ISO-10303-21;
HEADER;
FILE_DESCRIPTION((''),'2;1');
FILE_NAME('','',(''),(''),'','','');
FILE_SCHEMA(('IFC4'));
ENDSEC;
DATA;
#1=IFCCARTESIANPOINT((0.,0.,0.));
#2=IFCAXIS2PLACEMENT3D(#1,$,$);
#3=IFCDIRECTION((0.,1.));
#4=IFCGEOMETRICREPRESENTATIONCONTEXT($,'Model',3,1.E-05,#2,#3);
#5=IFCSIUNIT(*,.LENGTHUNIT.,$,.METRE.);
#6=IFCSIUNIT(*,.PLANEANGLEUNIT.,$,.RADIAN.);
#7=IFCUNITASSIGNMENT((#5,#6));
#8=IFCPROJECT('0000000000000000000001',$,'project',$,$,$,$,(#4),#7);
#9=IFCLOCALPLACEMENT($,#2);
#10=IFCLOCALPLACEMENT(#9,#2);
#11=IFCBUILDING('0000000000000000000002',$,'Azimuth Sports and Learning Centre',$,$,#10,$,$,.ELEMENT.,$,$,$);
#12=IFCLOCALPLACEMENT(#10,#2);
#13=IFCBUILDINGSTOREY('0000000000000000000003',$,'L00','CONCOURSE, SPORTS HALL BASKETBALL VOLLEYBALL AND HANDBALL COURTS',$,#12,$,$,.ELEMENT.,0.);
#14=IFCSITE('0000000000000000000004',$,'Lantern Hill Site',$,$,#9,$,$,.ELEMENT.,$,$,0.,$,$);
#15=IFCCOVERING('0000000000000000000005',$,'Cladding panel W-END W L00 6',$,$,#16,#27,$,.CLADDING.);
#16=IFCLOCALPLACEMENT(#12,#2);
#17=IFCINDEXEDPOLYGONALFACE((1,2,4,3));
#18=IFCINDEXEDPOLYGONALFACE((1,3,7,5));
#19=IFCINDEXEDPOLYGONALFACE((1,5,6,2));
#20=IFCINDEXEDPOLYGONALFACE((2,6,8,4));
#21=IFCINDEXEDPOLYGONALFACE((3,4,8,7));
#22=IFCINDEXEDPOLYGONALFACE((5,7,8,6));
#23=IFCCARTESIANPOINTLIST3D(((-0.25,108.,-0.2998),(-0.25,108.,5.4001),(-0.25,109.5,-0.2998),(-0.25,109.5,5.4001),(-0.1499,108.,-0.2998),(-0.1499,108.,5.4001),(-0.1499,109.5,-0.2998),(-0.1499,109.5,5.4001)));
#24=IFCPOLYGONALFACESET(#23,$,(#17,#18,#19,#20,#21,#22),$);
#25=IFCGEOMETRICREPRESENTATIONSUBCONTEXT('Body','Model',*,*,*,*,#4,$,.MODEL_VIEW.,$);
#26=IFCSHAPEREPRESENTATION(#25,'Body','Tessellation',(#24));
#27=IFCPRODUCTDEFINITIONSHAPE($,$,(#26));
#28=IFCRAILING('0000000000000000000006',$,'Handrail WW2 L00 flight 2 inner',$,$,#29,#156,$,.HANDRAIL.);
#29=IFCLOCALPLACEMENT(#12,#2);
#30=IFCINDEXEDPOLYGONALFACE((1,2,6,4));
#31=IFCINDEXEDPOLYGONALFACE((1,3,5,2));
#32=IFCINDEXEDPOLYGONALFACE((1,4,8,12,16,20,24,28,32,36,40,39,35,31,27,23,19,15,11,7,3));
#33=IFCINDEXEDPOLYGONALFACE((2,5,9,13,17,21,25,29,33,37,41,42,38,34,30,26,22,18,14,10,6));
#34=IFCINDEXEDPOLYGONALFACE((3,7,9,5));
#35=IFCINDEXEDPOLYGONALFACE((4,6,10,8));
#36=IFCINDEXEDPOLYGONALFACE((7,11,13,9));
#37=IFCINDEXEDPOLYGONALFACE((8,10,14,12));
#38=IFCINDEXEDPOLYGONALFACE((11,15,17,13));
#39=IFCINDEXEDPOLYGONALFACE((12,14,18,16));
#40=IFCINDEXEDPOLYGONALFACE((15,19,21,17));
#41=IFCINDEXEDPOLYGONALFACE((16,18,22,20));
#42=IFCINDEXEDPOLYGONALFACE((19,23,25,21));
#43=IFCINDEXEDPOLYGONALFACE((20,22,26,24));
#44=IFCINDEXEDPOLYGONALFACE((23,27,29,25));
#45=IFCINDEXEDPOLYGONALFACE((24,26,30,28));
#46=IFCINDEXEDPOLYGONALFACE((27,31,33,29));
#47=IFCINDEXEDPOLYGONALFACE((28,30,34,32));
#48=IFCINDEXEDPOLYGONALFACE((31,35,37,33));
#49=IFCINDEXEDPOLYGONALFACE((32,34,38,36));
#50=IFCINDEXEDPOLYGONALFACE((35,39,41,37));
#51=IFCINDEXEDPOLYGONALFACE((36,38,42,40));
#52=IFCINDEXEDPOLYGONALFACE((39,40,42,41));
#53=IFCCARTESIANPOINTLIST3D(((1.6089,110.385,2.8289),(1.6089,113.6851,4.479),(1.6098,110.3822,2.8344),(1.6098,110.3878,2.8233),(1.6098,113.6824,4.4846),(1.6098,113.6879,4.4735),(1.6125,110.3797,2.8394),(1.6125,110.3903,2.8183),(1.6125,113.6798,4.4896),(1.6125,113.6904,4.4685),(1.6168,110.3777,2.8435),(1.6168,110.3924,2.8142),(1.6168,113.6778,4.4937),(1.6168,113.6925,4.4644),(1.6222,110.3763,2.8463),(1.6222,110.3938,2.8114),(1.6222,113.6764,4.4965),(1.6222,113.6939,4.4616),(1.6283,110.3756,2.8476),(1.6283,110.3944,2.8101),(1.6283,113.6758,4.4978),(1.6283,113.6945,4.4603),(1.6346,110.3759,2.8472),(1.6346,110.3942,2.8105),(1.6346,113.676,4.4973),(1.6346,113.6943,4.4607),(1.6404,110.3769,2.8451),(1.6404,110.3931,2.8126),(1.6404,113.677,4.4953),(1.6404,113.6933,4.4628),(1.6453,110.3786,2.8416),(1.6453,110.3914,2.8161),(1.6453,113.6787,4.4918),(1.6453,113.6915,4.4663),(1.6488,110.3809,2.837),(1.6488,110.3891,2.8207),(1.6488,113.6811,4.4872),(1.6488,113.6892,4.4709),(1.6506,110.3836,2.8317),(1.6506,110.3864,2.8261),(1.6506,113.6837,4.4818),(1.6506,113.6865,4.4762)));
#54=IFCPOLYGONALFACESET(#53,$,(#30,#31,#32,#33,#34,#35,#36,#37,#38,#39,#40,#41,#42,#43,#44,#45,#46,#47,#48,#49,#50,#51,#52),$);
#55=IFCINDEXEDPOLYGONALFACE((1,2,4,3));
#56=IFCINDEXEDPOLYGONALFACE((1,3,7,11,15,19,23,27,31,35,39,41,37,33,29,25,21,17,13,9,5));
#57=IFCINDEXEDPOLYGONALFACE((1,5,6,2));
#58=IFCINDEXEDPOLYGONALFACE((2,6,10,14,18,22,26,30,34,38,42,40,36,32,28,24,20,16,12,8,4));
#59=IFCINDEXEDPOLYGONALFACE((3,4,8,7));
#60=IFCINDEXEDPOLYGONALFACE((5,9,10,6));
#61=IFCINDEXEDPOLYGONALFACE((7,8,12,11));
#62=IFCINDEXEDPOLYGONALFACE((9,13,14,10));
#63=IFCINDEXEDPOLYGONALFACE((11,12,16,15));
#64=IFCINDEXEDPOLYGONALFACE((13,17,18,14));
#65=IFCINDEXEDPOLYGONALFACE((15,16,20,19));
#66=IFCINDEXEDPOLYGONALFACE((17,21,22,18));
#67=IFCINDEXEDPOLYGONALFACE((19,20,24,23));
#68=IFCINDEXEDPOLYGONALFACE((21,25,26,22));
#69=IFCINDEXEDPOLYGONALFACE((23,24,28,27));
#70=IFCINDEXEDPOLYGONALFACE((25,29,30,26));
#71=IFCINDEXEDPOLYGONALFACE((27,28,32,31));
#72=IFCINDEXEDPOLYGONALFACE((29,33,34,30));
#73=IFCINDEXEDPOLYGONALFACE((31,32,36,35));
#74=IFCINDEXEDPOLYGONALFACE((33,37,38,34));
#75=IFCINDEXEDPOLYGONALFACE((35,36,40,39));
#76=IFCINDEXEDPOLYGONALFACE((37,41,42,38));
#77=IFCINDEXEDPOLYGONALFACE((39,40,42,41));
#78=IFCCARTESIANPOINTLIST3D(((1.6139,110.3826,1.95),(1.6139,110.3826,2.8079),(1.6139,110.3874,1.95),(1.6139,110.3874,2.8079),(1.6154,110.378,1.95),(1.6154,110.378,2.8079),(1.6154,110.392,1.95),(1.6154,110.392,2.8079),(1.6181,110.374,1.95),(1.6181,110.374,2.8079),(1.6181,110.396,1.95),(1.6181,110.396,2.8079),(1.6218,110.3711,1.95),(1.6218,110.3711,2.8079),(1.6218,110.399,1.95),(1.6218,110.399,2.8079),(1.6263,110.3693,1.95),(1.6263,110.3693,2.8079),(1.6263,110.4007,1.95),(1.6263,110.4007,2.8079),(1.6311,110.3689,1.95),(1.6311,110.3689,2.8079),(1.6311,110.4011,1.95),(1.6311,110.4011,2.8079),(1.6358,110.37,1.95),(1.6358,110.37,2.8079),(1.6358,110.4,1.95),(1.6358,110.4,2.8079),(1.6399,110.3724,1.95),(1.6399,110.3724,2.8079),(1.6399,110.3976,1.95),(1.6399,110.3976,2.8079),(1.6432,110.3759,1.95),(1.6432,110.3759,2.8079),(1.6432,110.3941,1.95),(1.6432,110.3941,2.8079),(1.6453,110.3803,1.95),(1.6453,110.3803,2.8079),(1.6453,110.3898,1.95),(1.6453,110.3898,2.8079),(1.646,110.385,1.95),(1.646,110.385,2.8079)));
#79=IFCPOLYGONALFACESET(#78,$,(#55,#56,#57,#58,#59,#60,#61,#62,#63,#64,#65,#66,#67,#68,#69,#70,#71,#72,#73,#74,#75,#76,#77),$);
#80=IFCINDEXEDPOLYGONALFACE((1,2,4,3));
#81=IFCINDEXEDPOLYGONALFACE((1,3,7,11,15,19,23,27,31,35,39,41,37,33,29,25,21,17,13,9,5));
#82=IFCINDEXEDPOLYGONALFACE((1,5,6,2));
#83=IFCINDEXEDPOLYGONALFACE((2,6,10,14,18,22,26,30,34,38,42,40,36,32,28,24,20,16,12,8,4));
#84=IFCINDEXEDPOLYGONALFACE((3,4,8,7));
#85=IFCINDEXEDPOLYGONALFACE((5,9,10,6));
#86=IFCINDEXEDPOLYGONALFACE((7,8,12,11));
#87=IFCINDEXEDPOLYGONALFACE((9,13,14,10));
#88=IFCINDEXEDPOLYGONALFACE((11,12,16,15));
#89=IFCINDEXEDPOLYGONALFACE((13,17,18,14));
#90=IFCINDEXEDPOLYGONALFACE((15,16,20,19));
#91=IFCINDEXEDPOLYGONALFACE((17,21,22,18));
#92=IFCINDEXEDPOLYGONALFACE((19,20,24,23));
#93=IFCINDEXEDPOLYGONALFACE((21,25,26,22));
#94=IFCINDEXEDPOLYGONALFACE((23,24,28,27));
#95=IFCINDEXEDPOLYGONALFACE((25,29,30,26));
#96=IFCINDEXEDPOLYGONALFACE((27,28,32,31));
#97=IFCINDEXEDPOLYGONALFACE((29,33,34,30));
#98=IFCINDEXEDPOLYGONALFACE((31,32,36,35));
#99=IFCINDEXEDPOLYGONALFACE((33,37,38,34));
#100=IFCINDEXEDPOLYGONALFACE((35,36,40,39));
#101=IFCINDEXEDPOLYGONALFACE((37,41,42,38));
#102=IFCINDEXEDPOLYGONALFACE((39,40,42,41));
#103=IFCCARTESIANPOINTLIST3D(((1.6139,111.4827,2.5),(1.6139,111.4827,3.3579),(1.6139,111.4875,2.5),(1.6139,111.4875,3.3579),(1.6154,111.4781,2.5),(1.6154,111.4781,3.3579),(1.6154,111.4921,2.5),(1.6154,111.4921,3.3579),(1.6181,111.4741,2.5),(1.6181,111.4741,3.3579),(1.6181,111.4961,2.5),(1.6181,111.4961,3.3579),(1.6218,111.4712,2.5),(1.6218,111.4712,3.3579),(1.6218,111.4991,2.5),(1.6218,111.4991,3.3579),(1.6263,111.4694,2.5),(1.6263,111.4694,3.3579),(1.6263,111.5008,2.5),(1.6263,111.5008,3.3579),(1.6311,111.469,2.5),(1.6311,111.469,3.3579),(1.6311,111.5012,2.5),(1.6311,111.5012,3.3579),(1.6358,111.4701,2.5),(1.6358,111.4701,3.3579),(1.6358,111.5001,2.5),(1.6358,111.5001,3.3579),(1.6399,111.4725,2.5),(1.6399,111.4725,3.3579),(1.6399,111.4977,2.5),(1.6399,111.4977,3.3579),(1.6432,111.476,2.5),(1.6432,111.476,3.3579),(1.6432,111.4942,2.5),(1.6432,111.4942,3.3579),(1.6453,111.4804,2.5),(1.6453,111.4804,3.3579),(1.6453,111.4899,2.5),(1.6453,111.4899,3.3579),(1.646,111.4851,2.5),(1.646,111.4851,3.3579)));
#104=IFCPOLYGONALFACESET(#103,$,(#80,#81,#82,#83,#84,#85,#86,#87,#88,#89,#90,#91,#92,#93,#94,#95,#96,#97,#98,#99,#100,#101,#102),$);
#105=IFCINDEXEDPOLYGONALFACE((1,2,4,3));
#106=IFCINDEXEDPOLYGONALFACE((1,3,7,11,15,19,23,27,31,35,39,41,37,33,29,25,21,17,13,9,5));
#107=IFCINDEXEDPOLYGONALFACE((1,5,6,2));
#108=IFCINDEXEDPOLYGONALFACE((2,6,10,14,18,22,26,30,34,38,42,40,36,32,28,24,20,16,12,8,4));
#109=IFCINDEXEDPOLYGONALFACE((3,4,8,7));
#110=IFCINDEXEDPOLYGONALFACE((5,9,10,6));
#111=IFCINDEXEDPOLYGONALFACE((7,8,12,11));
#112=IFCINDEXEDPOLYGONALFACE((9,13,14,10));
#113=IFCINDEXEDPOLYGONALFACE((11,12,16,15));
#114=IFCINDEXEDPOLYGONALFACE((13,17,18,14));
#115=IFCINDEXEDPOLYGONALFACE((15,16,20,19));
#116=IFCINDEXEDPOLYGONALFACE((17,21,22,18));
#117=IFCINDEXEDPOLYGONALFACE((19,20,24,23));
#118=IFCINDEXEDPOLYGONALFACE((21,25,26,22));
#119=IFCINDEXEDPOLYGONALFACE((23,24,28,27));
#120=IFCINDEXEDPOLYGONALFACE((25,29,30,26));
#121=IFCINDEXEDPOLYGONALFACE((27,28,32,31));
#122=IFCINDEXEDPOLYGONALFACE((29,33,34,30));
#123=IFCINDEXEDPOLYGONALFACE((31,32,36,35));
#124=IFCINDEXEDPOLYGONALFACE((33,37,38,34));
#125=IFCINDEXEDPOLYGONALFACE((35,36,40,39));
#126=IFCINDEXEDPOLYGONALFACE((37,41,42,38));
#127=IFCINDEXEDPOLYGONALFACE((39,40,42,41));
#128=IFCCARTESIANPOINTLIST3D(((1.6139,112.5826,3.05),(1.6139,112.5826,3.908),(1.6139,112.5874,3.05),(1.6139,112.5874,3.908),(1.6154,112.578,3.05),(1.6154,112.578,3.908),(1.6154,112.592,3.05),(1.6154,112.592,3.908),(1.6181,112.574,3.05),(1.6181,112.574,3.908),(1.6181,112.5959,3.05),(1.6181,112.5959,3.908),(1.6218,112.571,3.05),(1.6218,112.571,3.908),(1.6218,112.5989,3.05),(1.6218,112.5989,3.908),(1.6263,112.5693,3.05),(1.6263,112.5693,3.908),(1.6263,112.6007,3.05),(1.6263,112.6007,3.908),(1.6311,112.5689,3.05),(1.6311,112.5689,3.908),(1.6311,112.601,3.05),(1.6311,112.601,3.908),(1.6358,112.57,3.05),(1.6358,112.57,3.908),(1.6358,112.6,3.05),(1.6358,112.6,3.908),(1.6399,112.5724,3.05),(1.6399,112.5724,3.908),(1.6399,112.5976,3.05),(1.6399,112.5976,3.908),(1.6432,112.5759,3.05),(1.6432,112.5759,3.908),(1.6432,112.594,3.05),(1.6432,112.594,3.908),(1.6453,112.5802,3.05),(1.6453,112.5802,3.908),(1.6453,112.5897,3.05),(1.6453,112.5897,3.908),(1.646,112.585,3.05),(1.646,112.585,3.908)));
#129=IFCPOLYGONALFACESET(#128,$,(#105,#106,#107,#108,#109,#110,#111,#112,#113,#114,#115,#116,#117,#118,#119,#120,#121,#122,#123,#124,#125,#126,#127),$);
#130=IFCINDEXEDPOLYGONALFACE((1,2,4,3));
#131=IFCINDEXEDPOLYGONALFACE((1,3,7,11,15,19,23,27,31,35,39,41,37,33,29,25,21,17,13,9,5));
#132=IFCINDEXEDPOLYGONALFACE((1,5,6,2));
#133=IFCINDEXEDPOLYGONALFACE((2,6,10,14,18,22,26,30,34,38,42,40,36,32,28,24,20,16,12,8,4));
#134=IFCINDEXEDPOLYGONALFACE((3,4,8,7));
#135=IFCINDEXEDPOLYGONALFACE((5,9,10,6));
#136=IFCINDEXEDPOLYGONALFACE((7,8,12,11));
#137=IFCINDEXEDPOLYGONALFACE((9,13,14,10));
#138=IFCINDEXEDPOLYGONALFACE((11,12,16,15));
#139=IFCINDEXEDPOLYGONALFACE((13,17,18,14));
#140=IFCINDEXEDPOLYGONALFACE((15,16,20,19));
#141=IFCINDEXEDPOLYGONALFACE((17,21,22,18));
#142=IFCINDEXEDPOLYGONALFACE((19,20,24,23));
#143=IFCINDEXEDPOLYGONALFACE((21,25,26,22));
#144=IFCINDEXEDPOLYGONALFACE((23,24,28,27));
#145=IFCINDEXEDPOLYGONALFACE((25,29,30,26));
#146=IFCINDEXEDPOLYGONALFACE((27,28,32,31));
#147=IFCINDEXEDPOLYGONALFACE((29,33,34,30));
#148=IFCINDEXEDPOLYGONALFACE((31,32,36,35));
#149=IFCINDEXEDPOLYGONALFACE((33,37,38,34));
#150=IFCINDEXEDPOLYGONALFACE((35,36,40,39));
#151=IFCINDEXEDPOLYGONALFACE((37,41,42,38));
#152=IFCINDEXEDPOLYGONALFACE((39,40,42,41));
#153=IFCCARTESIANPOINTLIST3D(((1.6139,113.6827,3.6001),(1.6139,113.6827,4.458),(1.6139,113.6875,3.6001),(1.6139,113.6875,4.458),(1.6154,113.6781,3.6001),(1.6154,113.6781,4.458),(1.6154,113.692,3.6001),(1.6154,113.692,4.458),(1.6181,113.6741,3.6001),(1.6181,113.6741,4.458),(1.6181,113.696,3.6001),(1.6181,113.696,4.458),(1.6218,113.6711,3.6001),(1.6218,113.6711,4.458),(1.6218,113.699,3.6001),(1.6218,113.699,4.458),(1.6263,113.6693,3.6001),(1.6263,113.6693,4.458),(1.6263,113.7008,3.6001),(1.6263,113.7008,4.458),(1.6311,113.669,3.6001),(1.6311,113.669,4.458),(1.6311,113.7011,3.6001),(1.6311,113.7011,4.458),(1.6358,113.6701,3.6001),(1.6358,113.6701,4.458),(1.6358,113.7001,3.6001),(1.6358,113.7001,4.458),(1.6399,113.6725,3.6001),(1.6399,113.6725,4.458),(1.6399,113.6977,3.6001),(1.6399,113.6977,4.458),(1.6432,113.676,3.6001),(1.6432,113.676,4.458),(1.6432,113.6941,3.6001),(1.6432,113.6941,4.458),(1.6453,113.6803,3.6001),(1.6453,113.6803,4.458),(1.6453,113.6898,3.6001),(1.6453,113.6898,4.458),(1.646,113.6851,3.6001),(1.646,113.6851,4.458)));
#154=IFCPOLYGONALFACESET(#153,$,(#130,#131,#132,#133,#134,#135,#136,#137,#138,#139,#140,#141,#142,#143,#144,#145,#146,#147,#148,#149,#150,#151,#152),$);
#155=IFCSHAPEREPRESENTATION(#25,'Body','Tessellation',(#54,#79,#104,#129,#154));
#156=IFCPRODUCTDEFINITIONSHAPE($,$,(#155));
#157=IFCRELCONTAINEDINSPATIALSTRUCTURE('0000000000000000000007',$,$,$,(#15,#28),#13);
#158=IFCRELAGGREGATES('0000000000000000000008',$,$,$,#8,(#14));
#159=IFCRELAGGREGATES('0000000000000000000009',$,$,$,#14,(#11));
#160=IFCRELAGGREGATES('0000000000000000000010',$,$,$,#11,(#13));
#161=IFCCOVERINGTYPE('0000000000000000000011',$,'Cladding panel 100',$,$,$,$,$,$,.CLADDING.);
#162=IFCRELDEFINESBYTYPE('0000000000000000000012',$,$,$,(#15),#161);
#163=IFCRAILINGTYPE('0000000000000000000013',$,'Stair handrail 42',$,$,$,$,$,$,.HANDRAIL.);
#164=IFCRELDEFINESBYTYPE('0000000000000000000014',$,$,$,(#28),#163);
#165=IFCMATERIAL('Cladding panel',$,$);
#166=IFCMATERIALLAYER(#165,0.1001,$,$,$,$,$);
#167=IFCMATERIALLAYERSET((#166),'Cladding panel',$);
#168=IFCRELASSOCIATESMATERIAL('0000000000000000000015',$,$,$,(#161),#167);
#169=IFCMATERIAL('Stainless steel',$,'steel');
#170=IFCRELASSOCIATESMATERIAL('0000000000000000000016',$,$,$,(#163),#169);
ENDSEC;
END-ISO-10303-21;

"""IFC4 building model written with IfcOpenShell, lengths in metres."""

from ifc_helpers import new_model, si_unit, direction, frame, origin, origin_2d, place, context, subcontext, project, spatial, rectangle, circle, extrude, material, layer, layer_set, type_object, element, save


model = new_model("IFC4")

# Units and contexts
model_context = context("Model", 3, precision=1e-05, world=origin(), true_north=direction((0.0, 1.0)))
body_context = subcontext(model_context, "Body", "Model", "MODEL_VIEW")
ifc_project = project(units=[si_unit("LENGTHUNIT", "METRE"), si_unit("PLANEANGLEUNIT", "RADIAN")], contexts=[model_context])

# Site, building, storey
site_placement = place(None, origin())
site = spatial("IfcSite", under=ifc_project, at=site_placement, Name="Lantern Hill Site", CompositionType="ELEMENT", RefElevation=0.0)
building_placement = place(site_placement, origin())
building = spatial("IfcBuilding", under=site, at=building_placement, Name="Azimuth Sports and Learning Centre", CompositionType="ELEMENT")
storey_placement = place(building_placement, origin())
storey = spatial("IfcBuildingStorey", under=building, at=storey_placement, Name="L00", Description="CONCOURSE, SPORTS HALL BASKETBALL VOLLEYBALL AND HANDBALL COURTS", CompositionType="ELEMENT", Elevation=0.0)

# Covering
ifc_material_1 = material(Name="Cladding panel")
ifc_layer_1 = layer(ifc_material_1, 0.1001)
ifc_layer_set_1 = layer_set([ifc_layer_1], Name="Cladding panel")
covering_type = type_object("IfcCoveringType", Name="Cladding panel 100", PredefinedType="CLADDING", material=ifc_layer_set_1)
for number, where, z_axis, x_axis, name in (
    (1, (-0.2, 108.75, -0.2998), (0.0, 0.0, 1.0), (0.0, -1.0, 0.0), "Cladding panel W-END W L00 6"),
):
    element("IfcCovering", number, at=place(storey_placement, frame(where, z_axis=z_axis, x_axis=x_axis)), inside=storey, type_object=covering_type, Name=name, PredefinedType="CLADDING", context=body_context, shape_type="SweptSolid", body=[
        extrude(rectangle(XDim=1.5, YDim=0.1001, at=origin_2d()), origin(), (0.0, 0.0, 1.0), 5.7),
    ])

# Railing
ifc_material_2 = material(Name="Stainless steel", Category="steel")
railing_type = type_object("IfcRailingType", Name="Stair handrail 42", PredefinedType="HANDRAIL", material=ifc_material_2)
for number, where, name in (
    (2, (1.6299, 110.385, 1.95), "Handrail WW2 L00 flight 2 inner"),
):
    element("IfcRailing", number, at=place(storey_placement, frame(where)), inside=storey, type_object=railing_type, Name=name, PredefinedType="HANDRAIL", context=body_context, shape_type="SweptSolid", body=[
        extrude(circle(Radius=0.021, at=origin_2d()), frame((0.0, 0.0, 0.8789), z_axis=(0.0, 0.894414, 0.44724), x_axis=(-1.0, 0.0, 0.0)), (0.0, 0.0, 1.0), 3.6897),
        extrude(circle(Radius=0.0161, at=origin_2d()), origin(), (0.0, 0.0, 1.0), 0.8579),
        extrude(circle(Radius=0.0161, at=origin_2d()), frame((0.0, 1.1001, 0.55)), (0.0, 0.0, 1.0), 0.8579),
        extrude(circle(Radius=0.0161, at=origin_2d()), frame((0.0, 2.2, 1.1001)), (0.0, 0.0, 1.0), 0.8579),
        extrude(circle(Radius=0.0161, at=origin_2d()), frame((0.0, 3.3, 1.6501)), (0.0, 0.0, 1.0), 0.8579),
    ])

save(model, "model.ifc")
